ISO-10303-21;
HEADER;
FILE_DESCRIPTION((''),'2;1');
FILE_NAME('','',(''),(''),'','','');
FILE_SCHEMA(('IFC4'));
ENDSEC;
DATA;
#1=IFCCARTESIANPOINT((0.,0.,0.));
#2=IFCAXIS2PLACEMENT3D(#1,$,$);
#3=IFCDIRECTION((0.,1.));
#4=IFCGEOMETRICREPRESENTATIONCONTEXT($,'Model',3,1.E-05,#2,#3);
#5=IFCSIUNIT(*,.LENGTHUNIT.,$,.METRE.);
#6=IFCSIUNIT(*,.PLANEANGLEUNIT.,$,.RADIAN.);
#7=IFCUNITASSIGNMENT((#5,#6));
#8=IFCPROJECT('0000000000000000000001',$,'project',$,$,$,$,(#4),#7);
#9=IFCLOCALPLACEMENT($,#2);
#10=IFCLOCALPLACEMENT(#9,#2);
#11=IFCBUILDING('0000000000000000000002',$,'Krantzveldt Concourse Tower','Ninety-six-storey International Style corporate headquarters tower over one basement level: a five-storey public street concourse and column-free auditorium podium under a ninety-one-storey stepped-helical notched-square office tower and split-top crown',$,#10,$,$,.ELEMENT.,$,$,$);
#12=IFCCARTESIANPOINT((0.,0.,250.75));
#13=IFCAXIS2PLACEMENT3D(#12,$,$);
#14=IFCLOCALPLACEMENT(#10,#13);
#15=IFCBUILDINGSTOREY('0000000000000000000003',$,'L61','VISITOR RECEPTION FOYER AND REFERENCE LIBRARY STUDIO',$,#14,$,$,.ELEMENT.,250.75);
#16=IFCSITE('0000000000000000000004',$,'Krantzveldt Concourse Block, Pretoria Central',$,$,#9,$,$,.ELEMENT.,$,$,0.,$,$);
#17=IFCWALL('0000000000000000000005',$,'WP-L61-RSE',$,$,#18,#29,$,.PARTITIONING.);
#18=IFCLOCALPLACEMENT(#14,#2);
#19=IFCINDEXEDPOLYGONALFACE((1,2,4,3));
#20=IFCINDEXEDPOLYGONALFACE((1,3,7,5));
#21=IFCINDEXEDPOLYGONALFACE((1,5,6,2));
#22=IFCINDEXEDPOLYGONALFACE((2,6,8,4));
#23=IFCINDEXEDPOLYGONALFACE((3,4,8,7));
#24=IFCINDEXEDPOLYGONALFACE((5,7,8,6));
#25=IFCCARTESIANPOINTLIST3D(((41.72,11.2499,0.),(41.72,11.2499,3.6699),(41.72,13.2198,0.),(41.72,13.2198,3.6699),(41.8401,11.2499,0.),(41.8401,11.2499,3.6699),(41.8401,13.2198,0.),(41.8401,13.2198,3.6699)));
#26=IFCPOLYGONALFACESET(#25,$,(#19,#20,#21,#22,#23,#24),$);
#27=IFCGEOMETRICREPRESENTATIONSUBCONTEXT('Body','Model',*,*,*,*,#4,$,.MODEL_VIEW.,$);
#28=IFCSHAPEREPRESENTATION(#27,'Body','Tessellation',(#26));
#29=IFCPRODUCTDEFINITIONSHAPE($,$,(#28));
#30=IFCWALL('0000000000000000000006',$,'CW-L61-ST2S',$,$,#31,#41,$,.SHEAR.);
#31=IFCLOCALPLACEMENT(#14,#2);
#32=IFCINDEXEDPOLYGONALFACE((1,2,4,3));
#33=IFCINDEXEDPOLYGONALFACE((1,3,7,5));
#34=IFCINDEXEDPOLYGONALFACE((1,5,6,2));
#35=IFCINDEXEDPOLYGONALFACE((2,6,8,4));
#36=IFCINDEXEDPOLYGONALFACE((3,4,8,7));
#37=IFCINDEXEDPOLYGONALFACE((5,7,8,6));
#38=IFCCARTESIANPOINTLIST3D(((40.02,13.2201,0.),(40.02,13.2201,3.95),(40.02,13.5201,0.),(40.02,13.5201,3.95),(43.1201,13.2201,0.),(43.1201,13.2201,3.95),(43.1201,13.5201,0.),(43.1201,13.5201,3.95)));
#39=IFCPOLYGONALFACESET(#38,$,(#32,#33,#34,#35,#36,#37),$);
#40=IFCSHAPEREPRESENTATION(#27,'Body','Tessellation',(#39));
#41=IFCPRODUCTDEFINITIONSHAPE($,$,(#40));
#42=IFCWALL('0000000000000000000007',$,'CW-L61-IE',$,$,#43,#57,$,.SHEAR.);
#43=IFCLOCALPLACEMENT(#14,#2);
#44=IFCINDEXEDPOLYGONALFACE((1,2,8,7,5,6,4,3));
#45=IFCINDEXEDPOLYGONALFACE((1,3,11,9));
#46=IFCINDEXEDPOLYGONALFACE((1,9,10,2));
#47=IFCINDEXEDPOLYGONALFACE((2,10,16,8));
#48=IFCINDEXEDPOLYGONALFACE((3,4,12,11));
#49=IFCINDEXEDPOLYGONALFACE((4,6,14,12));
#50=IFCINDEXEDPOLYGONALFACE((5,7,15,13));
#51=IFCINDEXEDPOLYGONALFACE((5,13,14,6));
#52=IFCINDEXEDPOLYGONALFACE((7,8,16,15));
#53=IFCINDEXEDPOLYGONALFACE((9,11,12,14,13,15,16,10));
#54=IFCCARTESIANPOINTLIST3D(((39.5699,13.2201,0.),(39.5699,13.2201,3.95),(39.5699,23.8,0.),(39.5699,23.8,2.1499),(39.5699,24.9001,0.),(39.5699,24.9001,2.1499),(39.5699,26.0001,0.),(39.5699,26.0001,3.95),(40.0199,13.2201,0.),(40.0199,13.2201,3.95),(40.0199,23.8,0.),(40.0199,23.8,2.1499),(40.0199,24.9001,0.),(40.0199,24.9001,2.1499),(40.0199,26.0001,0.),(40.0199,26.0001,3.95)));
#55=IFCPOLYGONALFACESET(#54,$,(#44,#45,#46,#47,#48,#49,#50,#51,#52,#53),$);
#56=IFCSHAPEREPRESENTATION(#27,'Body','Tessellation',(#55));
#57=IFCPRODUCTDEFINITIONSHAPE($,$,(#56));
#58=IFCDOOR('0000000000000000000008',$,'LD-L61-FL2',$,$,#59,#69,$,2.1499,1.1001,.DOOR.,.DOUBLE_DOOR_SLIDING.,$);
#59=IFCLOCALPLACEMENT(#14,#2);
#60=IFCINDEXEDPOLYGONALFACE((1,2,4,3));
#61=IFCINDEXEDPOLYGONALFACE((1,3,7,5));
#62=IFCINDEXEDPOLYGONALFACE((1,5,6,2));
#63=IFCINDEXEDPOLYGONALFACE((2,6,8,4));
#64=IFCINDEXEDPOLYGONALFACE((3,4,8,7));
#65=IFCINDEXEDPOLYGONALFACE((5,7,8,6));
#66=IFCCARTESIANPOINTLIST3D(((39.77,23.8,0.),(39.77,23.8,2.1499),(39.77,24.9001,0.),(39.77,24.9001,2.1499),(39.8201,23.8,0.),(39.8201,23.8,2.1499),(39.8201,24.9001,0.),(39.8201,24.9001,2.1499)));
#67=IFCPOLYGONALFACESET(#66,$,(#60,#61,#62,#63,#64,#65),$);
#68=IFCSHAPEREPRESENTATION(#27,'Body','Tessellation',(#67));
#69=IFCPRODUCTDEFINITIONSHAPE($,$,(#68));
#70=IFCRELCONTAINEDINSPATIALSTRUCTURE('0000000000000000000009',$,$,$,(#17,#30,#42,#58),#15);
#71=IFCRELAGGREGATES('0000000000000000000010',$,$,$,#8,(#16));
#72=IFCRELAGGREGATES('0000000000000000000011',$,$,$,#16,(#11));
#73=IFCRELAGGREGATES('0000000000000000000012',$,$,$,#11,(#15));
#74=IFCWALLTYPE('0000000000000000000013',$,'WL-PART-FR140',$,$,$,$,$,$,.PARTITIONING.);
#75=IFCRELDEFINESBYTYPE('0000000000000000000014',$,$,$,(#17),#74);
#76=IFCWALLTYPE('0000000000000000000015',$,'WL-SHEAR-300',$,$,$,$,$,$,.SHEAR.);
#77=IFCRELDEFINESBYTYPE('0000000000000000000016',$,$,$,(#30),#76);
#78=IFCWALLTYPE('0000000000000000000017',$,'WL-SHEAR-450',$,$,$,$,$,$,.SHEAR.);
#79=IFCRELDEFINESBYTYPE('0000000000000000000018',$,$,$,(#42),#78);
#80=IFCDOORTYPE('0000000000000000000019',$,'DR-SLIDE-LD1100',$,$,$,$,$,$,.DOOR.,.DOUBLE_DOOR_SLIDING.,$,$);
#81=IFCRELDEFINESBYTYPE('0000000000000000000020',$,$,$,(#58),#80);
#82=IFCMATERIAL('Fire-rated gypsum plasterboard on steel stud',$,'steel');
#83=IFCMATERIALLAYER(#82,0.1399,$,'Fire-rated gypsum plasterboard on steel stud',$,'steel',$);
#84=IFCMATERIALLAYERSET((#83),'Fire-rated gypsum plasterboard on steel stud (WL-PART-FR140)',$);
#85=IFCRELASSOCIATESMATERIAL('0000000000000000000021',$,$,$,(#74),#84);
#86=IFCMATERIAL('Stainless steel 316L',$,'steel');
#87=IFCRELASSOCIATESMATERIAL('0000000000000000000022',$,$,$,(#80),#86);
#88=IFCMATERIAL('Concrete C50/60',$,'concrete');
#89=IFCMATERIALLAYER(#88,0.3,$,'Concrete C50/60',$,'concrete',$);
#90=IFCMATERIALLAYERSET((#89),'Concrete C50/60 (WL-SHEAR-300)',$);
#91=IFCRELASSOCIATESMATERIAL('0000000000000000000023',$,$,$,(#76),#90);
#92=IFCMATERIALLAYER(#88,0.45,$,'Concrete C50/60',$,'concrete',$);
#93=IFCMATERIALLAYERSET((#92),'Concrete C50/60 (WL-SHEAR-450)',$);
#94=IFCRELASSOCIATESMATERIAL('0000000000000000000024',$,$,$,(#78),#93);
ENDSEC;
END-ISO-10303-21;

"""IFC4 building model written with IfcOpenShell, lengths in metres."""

from ifc_helpers import new_model, si_unit, direction, frame, frame_2d, origin, place, context, subcontext, project, spatial, rectangle, extrude, material, layer, layer_set, type_object, element, fill, save


model = new_model("IFC4")

# Units and contexts
model_context = context("Model", 3, precision=1e-05, world=origin(), true_north=direction((0.0, 1.0)))
body_context = subcontext(model_context, "Body", "Model", "MODEL_VIEW")
ifc_project = project(units=[si_unit("LENGTHUNIT", "METRE"), si_unit("PLANEANGLEUNIT", "RADIAN")], contexts=[model_context])

# Site, building, storey
site_placement = place(None, origin())
site = spatial("IfcSite", under=ifc_project, at=site_placement, Name="Krantzveldt Concourse Block, Pretoria Central", CompositionType="ELEMENT", RefElevation=0.0)
building_placement = place(site_placement, origin())
building = spatial("IfcBuilding", under=site, at=building_placement, Name="Krantzveldt Concourse Tower", Description="Ninety-six-storey International Style corporate headquarters tower over one basement level: a five-storey public street concourse and column-free auditorium podium under a ninety-one-storey stepped-helical notched-square office tower and split-top crown", CompositionType="ELEMENT")
storey_placement = place(building_placement, frame((0.0, 0.0, 250.75)))
storey = spatial("IfcBuildingStorey", under=building, at=storey_placement, Name="L61", Description="VISITOR RECEPTION FOYER AND REFERENCE LIBRARY STUDIO", CompositionType="ELEMENT", Elevation=250.75)

# Shared definitions
ifc_material_1 = material(Name="Fire-rated gypsum plasterboard on steel stud", Category="steel")

# Shared definitions
ifc_layer_1 = layer(ifc_material_1, 0.1399, Name="Fire-rated gypsum plasterboard on steel stud", Category="steel")
ifc_layer_set_1 = layer_set([ifc_layer_1], Name="Fire-rated gypsum plasterboard on steel stud (WL-PART-FR140)")
wall_type_1 = type_object("IfcWallType", Name="WL-PART-FR140", PredefinedType="PARTITIONING", material=ifc_layer_set_1)

# Shared definitions
ifc_material_2 = material(Name="Stainless steel 316L", Category="steel")
door_type_1 = type_object("IfcDoorType", Name="DR-SLIDE-LD1100", OperationType="DOUBLE_DOOR_SLIDING", PredefinedType="DOOR", material=ifc_material_2)

# Walls
wall_1_placement = place(storey_placement, frame((41.78, 11.25, 0.0), z_axis=(0.0, 0.0, 1.0), x_axis=(0.0, 1.0, 0.0)))
element("IfcWall", 1, at=wall_1_placement, inside=storey, type_object=wall_type_1, Name="WP-L61-RSE", PredefinedType="PARTITIONING", context=body_context, shape_type="SweptSolid", body=[
    extrude(rectangle(XDim=1.97, YDim=0.1201, at=frame_2d((0.9849, 0.0))), origin(), (0.0, 0.0, 1.0), 3.6699),
])
ifc_material_3 = material(Name="Concrete C50/60", Category="concrete")
ifc_layer_2 = layer(ifc_material_3, 0.3, Name="Concrete C50/60", Category="concrete")
ifc_layer_set_2 = layer_set([ifc_layer_2], Name="Concrete C50/60 (WL-SHEAR-300)")
wall_type_2 = type_object("IfcWallType", Name="WL-SHEAR-300", PredefinedType="SHEAR", material=ifc_layer_set_2)
wall_2_placement = place(storey_placement, frame((40.02, 13.3701, 0.0), z_axis=(0.0, 0.0, 1.0), x_axis=(1.0, 0.0, 0.0)))
element("IfcWall", 2, at=wall_2_placement, inside=storey, type_object=wall_type_2, Name="CW-L61-ST2S", PredefinedType="SHEAR", context=body_context, shape_type="SweptSolid", body=[
    extrude(rectangle(XDim=3.1001, YDim=0.3, at=frame_2d((1.55, 0.0))), origin(), (0.0, 0.0, 1.0), 3.95),
])

# Wall, opening, door
ifc_layer_3 = layer(ifc_material_3, 0.45, Name="Concrete C50/60", Category="concrete")
ifc_layer_set_3 = layer_set([ifc_layer_3], Name="Concrete C50/60 (WL-SHEAR-450)")
wall_type_3 = type_object("IfcWallType", Name="WL-SHEAR-450", PredefinedType="SHEAR", material=ifc_layer_set_3)
wall_3_placement = place(storey_placement, frame((39.7949, 13.22, 0.0), z_axis=(0.0, 0.0, 1.0), x_axis=(0.0, 1.0, 0.0)))
wall_3 = element("IfcWall", 3, at=wall_3_placement, inside=storey, type_object=wall_type_3, Name="CW-L61-IE", PredefinedType="SHEAR", context=body_context, shape_type="SweptSolid", body=[
    extrude(rectangle(XDim=12.78, YDim=0.45, at=frame_2d((6.3901, 0.0))), origin(), (0.0, 0.0, 1.0), 3.95),
])
opening_1_placement = place(wall_3_placement, frame((10.5801, 0.0, 0.0)))
opening_1 = element("IfcOpeningElement", 4, at=opening_1_placement, cuts=wall_3, PredefinedType="OPENING", context=body_context, shape_type="SweptSolid", body=[
    extrude(rectangle(XDim=1.1001, YDim=2.1499, at=frame_2d((0.55, 1.075))), frame((0.0, 0.2349, 0.0), z_axis=(0.0, -1.0, 0.0), x_axis=(1.0, 0.0, 0.0)), (0.0, 0.0, 1.0), 0.47),
])
door_1_placement = place(opening_1_placement, origin())
door_1 = element("IfcDoor", 5, at=door_1_placement, inside=storey, type_object=door_type_1, Name="LD-L61-FL2", OperationType="DOUBLE_DOOR_SLIDING", OverallHeight=2.1499, OverallWidth=1.1001, PredefinedType="DOOR", context=body_context, shape_type="SweptSolid", body=[
    extrude(rectangle(XDim=1.1001, YDim=2.1499, at=frame_2d((0.55, 1.075))), frame((0.0, 0.0249, 0.0), z_axis=(0.0, -1.0, 0.0), x_axis=(1.0, 0.0, 0.0)), (0.0, 0.0, 1.0), 0.05),
])
fill(opening_1, door_1)

save(model, "model.ifc")
